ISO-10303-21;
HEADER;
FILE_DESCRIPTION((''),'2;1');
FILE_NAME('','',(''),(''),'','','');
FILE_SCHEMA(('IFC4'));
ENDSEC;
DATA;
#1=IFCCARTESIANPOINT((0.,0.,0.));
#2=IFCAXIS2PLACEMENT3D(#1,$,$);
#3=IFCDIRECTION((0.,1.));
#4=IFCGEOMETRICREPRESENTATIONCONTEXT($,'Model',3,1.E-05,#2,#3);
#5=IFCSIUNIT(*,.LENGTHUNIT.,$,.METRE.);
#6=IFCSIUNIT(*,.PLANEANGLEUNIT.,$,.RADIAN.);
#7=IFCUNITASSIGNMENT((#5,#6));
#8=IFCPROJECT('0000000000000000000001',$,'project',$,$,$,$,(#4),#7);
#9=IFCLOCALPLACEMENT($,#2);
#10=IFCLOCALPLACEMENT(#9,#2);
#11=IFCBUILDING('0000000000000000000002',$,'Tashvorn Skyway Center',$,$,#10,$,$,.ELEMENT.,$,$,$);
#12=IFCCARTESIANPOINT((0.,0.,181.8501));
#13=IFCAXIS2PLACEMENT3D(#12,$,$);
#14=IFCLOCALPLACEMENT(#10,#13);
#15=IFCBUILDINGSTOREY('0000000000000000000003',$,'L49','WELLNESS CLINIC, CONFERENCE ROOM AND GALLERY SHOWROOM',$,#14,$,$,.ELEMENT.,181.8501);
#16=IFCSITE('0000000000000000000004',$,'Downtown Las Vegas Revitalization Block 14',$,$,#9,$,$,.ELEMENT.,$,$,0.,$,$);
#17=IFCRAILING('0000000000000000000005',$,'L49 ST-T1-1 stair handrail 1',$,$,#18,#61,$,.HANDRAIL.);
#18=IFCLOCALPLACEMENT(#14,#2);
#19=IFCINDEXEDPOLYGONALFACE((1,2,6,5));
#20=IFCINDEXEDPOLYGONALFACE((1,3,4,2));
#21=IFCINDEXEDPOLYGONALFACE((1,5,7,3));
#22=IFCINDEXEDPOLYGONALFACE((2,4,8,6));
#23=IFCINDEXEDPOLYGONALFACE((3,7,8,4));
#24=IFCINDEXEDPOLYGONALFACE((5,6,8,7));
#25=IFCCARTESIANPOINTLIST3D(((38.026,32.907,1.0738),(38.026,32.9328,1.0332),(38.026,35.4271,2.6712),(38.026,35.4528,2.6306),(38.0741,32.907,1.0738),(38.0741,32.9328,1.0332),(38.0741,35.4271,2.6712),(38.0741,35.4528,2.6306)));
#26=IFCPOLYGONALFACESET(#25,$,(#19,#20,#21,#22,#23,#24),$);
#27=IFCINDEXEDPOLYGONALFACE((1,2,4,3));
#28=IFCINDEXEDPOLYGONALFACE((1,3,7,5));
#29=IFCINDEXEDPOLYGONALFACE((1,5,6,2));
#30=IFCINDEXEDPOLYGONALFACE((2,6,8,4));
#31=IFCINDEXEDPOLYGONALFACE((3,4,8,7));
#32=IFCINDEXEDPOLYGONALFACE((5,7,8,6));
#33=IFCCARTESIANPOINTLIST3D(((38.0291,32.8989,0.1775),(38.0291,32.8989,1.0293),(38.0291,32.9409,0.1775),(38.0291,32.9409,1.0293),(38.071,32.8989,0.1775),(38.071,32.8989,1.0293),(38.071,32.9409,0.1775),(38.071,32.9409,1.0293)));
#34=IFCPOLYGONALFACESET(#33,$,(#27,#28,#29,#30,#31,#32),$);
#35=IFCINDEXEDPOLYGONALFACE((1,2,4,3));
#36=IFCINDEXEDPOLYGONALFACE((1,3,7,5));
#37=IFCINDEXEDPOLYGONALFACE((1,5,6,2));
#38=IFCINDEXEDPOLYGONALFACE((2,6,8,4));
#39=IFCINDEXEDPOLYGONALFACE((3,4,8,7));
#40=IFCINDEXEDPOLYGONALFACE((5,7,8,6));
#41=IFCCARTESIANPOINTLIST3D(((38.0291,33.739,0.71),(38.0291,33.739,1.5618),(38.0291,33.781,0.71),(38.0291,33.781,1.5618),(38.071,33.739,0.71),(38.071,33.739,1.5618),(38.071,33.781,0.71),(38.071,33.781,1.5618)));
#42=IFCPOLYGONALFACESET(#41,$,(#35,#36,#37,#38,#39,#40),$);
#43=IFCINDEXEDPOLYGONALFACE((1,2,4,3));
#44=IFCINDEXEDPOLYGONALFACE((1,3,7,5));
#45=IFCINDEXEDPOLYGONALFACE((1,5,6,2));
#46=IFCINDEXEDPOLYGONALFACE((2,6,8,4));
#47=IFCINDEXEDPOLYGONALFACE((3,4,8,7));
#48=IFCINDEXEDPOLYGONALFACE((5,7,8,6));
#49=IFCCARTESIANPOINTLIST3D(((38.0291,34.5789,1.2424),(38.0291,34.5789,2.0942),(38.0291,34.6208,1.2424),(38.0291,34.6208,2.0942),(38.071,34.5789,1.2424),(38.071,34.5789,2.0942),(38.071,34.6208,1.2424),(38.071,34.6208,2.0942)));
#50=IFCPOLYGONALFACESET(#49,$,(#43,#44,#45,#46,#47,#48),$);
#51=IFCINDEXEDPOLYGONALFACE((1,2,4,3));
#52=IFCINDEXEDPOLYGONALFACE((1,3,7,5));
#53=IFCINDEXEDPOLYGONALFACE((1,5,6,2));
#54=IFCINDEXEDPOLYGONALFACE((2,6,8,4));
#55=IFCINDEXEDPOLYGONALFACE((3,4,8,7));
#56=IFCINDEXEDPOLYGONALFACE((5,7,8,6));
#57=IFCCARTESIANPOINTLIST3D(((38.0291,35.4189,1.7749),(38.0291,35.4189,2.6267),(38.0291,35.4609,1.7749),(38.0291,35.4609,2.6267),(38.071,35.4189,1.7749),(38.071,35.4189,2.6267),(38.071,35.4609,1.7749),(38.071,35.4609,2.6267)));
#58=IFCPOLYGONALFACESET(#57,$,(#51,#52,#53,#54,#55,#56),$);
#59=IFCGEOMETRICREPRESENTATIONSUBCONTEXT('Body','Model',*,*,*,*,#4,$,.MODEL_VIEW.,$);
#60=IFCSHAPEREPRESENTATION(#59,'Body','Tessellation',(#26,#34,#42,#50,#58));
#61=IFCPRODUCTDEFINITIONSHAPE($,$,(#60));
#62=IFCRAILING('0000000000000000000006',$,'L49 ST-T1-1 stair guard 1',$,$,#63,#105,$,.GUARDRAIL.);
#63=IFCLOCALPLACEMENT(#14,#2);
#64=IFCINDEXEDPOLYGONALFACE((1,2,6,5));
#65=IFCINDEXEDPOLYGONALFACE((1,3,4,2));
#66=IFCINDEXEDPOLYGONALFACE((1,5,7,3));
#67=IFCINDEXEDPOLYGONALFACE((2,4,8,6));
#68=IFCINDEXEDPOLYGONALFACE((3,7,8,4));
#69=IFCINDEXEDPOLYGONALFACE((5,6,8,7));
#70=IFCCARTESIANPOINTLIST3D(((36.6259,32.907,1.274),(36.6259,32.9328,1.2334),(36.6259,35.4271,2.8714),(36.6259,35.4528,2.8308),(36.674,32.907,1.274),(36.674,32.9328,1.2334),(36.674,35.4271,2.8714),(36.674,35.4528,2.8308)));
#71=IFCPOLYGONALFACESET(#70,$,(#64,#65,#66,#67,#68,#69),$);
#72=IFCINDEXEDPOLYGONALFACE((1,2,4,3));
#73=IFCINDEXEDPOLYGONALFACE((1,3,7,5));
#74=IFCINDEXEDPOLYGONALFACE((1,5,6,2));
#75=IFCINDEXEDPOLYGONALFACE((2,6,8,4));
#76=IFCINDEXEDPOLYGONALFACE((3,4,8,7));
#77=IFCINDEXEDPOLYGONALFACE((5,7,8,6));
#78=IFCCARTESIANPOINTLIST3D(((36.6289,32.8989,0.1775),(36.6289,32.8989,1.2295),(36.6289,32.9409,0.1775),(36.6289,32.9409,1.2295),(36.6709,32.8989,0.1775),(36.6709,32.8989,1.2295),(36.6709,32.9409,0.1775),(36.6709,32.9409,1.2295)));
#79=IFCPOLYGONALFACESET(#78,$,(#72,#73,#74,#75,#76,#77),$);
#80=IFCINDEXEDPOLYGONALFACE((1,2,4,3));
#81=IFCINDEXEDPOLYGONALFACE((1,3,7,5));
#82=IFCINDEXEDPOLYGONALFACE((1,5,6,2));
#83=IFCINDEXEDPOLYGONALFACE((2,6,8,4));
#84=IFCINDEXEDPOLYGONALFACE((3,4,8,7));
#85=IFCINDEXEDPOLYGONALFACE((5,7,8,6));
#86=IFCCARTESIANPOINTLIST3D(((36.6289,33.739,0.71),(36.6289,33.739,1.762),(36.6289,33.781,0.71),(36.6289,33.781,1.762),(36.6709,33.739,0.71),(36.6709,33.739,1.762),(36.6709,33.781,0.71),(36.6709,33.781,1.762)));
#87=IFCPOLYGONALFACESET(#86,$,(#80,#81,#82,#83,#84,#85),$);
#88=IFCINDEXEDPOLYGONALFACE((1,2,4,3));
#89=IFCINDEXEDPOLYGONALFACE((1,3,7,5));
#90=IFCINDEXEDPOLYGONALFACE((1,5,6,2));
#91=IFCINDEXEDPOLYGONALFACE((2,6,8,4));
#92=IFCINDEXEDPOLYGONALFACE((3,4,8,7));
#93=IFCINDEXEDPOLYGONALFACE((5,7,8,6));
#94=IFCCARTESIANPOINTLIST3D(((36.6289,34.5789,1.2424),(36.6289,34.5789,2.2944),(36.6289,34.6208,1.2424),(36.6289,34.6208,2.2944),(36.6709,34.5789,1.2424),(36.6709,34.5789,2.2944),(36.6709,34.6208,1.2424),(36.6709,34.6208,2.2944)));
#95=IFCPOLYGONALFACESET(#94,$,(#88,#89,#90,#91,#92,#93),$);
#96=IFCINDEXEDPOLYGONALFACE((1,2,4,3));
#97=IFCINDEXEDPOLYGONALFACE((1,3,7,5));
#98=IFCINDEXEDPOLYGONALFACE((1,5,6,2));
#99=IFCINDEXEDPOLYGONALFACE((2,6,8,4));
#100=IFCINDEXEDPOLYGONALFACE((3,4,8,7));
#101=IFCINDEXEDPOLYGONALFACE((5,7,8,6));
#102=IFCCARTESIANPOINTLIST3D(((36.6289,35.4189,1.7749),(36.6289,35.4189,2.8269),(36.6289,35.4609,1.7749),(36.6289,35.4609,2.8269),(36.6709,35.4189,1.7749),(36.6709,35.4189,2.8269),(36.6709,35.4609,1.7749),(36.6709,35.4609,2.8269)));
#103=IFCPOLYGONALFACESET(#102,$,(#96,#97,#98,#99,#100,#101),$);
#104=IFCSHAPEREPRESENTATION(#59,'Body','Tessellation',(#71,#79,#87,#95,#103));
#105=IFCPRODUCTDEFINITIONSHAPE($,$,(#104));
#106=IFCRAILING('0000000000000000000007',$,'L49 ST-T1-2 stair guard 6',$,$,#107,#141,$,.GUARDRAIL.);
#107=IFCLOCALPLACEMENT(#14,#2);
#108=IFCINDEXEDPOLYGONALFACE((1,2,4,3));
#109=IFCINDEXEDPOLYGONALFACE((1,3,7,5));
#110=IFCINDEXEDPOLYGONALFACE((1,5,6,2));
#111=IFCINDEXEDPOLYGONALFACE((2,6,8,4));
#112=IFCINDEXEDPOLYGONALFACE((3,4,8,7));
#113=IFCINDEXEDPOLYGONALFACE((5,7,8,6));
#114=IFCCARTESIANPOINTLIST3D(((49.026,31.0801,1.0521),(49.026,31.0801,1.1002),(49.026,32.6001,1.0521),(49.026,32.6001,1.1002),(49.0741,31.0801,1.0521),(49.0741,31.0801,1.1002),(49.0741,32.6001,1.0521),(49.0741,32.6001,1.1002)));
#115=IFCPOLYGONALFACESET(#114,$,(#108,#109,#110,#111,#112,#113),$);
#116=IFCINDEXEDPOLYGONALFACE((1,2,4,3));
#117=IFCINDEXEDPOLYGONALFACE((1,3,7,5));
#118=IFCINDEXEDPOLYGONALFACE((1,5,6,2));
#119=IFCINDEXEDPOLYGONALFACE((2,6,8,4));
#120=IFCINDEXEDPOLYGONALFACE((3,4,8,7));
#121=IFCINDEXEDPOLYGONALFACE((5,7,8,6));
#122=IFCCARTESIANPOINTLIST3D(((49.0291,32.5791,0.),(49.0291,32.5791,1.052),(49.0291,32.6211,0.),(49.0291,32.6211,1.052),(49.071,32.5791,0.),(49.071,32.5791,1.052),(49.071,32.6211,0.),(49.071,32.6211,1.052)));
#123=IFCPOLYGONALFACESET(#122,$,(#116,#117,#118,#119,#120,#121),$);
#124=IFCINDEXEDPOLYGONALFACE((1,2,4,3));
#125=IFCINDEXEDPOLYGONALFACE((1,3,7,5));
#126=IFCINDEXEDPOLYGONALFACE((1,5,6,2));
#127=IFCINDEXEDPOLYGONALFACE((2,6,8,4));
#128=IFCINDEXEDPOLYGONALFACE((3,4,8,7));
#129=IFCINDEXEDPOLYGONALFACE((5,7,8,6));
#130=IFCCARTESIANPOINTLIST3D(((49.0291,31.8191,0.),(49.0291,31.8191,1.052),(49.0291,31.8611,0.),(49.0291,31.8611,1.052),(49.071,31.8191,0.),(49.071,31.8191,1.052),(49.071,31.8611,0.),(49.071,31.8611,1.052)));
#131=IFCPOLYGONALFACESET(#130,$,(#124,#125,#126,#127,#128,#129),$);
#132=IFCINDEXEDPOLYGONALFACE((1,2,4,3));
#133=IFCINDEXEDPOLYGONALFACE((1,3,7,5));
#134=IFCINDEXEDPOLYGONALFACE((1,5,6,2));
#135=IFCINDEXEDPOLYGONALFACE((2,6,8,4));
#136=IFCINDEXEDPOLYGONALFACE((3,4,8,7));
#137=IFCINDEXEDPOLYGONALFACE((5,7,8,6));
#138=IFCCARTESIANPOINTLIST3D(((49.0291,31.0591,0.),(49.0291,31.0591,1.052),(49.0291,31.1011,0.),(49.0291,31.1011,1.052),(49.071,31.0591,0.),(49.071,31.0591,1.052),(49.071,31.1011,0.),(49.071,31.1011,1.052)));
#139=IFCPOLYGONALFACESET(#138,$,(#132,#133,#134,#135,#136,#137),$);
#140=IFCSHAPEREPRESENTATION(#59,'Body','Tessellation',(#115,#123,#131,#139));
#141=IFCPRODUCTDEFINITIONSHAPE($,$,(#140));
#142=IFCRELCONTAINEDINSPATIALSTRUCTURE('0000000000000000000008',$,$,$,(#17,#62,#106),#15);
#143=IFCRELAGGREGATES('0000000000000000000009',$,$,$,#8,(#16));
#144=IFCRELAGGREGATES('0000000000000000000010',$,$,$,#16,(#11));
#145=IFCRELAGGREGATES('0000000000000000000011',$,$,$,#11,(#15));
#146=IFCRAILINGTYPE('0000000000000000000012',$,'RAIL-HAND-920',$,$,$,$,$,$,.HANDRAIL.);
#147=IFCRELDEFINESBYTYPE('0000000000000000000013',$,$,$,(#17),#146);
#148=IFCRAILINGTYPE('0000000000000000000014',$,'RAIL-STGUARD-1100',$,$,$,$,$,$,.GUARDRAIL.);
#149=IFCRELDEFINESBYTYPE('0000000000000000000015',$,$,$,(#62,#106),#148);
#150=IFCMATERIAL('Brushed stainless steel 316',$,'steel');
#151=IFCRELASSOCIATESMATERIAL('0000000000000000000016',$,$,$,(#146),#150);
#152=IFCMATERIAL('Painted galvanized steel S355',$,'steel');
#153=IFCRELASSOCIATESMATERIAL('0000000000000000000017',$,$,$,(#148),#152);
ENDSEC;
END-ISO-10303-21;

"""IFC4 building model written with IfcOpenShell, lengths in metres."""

from ifc_helpers import new_model, si_unit, direction, frame, origin, origin_2d, place, context, subcontext, project, spatial, rectangle, extrude, material, type_object, element, save


model = new_model("IFC4")

# Units and contexts
model_context = context("Model", 3, precision=1e-05, world=origin(), true_north=direction((0.0, 1.0)))
body_context = subcontext(model_context, "Body", "Model", "MODEL_VIEW")
ifc_project = project(units=[si_unit("LENGTHUNIT", "METRE"), si_unit("PLANEANGLEUNIT", "RADIAN")], contexts=[model_context])

# Site, building, storey
site_placement = place(None, origin())
site = spatial("IfcSite", under=ifc_project, at=site_placement, Name="Downtown Las Vegas Revitalization Block 14", CompositionType="ELEMENT", RefElevation=0.0)
building_placement = place(site_placement, origin())
building = spatial("IfcBuilding", under=site, at=building_placement, Name="Tashvorn Skyway Center", CompositionType="ELEMENT")
storey_placement = place(building_placement, frame((0.0, 0.0, 181.8501)))
storey = spatial("IfcBuildingStorey", under=building, at=storey_placement, Name="L49", Description="WELLNESS CLINIC, CONFERENCE ROOM AND GALLERY SHOWROOM", CompositionType="ELEMENT", Elevation=181.8501)

# Railings
ifc_material_1 = material(Name="Brushed stainless steel 316", Category="steel")
railing_type_1 = type_object("IfcRailingType", Name="RAIL-HAND-920", PredefinedType="HANDRAIL", material=ifc_material_1)
railing_1_placement = place(storey_placement, frame((38.05, 32.9199, 0.1775)))
element("IfcRailing", 1, at=railing_1_placement, inside=storey, type_object=railing_type_1, Name="L49 ST-T1-1 stair handrail 1", PredefinedType="HANDRAIL", context=body_context, shape_type="SweptSolid", body=[
    extrude(rectangle(XDim=0.0481, YDim=0.0481, at=origin_2d()), frame((0.0, 0.0, 0.876), z_axis=(0.0, 0.844607, 0.535387), x_axis=(-1.0, 0.0, 0.0)), (0.0, 0.0, 1.0), 2.9836),
    extrude(rectangle(XDim=0.042, YDim=0.042, at=origin_2d()), origin(), (0.0, 0.0, 1.0), 0.8518),
    extrude(rectangle(XDim=0.042, YDim=0.042, at=origin_2d()), frame((0.0, 0.8401, 0.5325)), (0.0, 0.0, 1.0), 0.8518),
    extrude(rectangle(XDim=0.042, YDim=0.042, at=origin_2d()), frame((0.0, 1.6799, 1.0649)), (0.0, 0.0, 1.0), 0.8518),
    extrude(rectangle(XDim=0.042, YDim=0.042, at=origin_2d()), frame((0.0, 2.52, 1.5974)), (0.0, 0.0, 1.0), 0.8518),
])
ifc_material_2 = material(Name="Painted galvanized steel S355", Category="steel")
railing_type_2 = type_object("IfcRailingType", Name="RAIL-STGUARD-1100", PredefinedType="GUARDRAIL", material=ifc_material_2)
railing_2_placement = place(storey_placement, frame((36.6499, 32.9199, 0.1775)))
element("IfcRailing", 2, at=railing_2_placement, inside=storey, type_object=railing_type_2, Name="L49 ST-T1-1 stair guard 1", PredefinedType="GUARDRAIL", context=body_context, shape_type="SweptSolid", body=[
    extrude(rectangle(XDim=0.0481, YDim=0.0481, at=origin_2d()), frame((0.0, 0.0, 1.0762), z_axis=(0.0, 0.844607, 0.535387), x_axis=(-1.0, 0.0, 0.0)), (0.0, 0.0, 1.0), 2.9836),
    extrude(rectangle(XDim=0.042, YDim=0.042, at=origin_2d()), origin(), (0.0, 0.0, 1.0), 1.052),
    extrude(rectangle(XDim=0.042, YDim=0.042, at=origin_2d()), frame((0.0, 0.8401, 0.5325)), (0.0, 0.0, 1.0), 1.052),
    extrude(rectangle(XDim=0.042, YDim=0.042, at=origin_2d()), frame((0.0, 1.6799, 1.0649)), (0.0, 0.0, 1.0), 1.052),
    extrude(rectangle(XDim=0.042, YDim=0.042, at=origin_2d()), frame((0.0, 2.52, 1.5974)), (0.0, 0.0, 1.0), 1.052),
])
railing_3_placement = place(storey_placement, frame((49.05, 32.6001, 0.0)))
element("IfcRailing", 3, at=railing_3_placement, inside=storey, type_object=railing_type_2, Name="L49 ST-T1-2 stair guard 6", PredefinedType="GUARDRAIL", context=body_context, shape_type="SweptSolid", body=[
    extrude(rectangle(XDim=0.0481, YDim=0.0481, at=origin_2d()), frame((0.0, 0.0, 1.0762), z_axis=(0.0, -1.0, 0.0), x_axis=(1.0, 0.0, 0.0)), (0.0, 0.0, 1.0), 1.52),
    extrude(rectangle(XDim=0.042, YDim=0.042, at=origin_2d()), origin(), (0.0, 0.0, 1.0), 1.052),
    extrude(rectangle(XDim=0.042, YDim=0.042, at=origin_2d()), frame((0.0, -0.76, 0.0)), (0.0, 0.0, 1.0), 1.052),
    extrude(rectangle(XDim=0.042, YDim=0.042, at=origin_2d()), frame((0.0, -1.52, 0.0)), (0.0, 0.0, 1.0), 1.052),
])

save(model, "model.ifc")
